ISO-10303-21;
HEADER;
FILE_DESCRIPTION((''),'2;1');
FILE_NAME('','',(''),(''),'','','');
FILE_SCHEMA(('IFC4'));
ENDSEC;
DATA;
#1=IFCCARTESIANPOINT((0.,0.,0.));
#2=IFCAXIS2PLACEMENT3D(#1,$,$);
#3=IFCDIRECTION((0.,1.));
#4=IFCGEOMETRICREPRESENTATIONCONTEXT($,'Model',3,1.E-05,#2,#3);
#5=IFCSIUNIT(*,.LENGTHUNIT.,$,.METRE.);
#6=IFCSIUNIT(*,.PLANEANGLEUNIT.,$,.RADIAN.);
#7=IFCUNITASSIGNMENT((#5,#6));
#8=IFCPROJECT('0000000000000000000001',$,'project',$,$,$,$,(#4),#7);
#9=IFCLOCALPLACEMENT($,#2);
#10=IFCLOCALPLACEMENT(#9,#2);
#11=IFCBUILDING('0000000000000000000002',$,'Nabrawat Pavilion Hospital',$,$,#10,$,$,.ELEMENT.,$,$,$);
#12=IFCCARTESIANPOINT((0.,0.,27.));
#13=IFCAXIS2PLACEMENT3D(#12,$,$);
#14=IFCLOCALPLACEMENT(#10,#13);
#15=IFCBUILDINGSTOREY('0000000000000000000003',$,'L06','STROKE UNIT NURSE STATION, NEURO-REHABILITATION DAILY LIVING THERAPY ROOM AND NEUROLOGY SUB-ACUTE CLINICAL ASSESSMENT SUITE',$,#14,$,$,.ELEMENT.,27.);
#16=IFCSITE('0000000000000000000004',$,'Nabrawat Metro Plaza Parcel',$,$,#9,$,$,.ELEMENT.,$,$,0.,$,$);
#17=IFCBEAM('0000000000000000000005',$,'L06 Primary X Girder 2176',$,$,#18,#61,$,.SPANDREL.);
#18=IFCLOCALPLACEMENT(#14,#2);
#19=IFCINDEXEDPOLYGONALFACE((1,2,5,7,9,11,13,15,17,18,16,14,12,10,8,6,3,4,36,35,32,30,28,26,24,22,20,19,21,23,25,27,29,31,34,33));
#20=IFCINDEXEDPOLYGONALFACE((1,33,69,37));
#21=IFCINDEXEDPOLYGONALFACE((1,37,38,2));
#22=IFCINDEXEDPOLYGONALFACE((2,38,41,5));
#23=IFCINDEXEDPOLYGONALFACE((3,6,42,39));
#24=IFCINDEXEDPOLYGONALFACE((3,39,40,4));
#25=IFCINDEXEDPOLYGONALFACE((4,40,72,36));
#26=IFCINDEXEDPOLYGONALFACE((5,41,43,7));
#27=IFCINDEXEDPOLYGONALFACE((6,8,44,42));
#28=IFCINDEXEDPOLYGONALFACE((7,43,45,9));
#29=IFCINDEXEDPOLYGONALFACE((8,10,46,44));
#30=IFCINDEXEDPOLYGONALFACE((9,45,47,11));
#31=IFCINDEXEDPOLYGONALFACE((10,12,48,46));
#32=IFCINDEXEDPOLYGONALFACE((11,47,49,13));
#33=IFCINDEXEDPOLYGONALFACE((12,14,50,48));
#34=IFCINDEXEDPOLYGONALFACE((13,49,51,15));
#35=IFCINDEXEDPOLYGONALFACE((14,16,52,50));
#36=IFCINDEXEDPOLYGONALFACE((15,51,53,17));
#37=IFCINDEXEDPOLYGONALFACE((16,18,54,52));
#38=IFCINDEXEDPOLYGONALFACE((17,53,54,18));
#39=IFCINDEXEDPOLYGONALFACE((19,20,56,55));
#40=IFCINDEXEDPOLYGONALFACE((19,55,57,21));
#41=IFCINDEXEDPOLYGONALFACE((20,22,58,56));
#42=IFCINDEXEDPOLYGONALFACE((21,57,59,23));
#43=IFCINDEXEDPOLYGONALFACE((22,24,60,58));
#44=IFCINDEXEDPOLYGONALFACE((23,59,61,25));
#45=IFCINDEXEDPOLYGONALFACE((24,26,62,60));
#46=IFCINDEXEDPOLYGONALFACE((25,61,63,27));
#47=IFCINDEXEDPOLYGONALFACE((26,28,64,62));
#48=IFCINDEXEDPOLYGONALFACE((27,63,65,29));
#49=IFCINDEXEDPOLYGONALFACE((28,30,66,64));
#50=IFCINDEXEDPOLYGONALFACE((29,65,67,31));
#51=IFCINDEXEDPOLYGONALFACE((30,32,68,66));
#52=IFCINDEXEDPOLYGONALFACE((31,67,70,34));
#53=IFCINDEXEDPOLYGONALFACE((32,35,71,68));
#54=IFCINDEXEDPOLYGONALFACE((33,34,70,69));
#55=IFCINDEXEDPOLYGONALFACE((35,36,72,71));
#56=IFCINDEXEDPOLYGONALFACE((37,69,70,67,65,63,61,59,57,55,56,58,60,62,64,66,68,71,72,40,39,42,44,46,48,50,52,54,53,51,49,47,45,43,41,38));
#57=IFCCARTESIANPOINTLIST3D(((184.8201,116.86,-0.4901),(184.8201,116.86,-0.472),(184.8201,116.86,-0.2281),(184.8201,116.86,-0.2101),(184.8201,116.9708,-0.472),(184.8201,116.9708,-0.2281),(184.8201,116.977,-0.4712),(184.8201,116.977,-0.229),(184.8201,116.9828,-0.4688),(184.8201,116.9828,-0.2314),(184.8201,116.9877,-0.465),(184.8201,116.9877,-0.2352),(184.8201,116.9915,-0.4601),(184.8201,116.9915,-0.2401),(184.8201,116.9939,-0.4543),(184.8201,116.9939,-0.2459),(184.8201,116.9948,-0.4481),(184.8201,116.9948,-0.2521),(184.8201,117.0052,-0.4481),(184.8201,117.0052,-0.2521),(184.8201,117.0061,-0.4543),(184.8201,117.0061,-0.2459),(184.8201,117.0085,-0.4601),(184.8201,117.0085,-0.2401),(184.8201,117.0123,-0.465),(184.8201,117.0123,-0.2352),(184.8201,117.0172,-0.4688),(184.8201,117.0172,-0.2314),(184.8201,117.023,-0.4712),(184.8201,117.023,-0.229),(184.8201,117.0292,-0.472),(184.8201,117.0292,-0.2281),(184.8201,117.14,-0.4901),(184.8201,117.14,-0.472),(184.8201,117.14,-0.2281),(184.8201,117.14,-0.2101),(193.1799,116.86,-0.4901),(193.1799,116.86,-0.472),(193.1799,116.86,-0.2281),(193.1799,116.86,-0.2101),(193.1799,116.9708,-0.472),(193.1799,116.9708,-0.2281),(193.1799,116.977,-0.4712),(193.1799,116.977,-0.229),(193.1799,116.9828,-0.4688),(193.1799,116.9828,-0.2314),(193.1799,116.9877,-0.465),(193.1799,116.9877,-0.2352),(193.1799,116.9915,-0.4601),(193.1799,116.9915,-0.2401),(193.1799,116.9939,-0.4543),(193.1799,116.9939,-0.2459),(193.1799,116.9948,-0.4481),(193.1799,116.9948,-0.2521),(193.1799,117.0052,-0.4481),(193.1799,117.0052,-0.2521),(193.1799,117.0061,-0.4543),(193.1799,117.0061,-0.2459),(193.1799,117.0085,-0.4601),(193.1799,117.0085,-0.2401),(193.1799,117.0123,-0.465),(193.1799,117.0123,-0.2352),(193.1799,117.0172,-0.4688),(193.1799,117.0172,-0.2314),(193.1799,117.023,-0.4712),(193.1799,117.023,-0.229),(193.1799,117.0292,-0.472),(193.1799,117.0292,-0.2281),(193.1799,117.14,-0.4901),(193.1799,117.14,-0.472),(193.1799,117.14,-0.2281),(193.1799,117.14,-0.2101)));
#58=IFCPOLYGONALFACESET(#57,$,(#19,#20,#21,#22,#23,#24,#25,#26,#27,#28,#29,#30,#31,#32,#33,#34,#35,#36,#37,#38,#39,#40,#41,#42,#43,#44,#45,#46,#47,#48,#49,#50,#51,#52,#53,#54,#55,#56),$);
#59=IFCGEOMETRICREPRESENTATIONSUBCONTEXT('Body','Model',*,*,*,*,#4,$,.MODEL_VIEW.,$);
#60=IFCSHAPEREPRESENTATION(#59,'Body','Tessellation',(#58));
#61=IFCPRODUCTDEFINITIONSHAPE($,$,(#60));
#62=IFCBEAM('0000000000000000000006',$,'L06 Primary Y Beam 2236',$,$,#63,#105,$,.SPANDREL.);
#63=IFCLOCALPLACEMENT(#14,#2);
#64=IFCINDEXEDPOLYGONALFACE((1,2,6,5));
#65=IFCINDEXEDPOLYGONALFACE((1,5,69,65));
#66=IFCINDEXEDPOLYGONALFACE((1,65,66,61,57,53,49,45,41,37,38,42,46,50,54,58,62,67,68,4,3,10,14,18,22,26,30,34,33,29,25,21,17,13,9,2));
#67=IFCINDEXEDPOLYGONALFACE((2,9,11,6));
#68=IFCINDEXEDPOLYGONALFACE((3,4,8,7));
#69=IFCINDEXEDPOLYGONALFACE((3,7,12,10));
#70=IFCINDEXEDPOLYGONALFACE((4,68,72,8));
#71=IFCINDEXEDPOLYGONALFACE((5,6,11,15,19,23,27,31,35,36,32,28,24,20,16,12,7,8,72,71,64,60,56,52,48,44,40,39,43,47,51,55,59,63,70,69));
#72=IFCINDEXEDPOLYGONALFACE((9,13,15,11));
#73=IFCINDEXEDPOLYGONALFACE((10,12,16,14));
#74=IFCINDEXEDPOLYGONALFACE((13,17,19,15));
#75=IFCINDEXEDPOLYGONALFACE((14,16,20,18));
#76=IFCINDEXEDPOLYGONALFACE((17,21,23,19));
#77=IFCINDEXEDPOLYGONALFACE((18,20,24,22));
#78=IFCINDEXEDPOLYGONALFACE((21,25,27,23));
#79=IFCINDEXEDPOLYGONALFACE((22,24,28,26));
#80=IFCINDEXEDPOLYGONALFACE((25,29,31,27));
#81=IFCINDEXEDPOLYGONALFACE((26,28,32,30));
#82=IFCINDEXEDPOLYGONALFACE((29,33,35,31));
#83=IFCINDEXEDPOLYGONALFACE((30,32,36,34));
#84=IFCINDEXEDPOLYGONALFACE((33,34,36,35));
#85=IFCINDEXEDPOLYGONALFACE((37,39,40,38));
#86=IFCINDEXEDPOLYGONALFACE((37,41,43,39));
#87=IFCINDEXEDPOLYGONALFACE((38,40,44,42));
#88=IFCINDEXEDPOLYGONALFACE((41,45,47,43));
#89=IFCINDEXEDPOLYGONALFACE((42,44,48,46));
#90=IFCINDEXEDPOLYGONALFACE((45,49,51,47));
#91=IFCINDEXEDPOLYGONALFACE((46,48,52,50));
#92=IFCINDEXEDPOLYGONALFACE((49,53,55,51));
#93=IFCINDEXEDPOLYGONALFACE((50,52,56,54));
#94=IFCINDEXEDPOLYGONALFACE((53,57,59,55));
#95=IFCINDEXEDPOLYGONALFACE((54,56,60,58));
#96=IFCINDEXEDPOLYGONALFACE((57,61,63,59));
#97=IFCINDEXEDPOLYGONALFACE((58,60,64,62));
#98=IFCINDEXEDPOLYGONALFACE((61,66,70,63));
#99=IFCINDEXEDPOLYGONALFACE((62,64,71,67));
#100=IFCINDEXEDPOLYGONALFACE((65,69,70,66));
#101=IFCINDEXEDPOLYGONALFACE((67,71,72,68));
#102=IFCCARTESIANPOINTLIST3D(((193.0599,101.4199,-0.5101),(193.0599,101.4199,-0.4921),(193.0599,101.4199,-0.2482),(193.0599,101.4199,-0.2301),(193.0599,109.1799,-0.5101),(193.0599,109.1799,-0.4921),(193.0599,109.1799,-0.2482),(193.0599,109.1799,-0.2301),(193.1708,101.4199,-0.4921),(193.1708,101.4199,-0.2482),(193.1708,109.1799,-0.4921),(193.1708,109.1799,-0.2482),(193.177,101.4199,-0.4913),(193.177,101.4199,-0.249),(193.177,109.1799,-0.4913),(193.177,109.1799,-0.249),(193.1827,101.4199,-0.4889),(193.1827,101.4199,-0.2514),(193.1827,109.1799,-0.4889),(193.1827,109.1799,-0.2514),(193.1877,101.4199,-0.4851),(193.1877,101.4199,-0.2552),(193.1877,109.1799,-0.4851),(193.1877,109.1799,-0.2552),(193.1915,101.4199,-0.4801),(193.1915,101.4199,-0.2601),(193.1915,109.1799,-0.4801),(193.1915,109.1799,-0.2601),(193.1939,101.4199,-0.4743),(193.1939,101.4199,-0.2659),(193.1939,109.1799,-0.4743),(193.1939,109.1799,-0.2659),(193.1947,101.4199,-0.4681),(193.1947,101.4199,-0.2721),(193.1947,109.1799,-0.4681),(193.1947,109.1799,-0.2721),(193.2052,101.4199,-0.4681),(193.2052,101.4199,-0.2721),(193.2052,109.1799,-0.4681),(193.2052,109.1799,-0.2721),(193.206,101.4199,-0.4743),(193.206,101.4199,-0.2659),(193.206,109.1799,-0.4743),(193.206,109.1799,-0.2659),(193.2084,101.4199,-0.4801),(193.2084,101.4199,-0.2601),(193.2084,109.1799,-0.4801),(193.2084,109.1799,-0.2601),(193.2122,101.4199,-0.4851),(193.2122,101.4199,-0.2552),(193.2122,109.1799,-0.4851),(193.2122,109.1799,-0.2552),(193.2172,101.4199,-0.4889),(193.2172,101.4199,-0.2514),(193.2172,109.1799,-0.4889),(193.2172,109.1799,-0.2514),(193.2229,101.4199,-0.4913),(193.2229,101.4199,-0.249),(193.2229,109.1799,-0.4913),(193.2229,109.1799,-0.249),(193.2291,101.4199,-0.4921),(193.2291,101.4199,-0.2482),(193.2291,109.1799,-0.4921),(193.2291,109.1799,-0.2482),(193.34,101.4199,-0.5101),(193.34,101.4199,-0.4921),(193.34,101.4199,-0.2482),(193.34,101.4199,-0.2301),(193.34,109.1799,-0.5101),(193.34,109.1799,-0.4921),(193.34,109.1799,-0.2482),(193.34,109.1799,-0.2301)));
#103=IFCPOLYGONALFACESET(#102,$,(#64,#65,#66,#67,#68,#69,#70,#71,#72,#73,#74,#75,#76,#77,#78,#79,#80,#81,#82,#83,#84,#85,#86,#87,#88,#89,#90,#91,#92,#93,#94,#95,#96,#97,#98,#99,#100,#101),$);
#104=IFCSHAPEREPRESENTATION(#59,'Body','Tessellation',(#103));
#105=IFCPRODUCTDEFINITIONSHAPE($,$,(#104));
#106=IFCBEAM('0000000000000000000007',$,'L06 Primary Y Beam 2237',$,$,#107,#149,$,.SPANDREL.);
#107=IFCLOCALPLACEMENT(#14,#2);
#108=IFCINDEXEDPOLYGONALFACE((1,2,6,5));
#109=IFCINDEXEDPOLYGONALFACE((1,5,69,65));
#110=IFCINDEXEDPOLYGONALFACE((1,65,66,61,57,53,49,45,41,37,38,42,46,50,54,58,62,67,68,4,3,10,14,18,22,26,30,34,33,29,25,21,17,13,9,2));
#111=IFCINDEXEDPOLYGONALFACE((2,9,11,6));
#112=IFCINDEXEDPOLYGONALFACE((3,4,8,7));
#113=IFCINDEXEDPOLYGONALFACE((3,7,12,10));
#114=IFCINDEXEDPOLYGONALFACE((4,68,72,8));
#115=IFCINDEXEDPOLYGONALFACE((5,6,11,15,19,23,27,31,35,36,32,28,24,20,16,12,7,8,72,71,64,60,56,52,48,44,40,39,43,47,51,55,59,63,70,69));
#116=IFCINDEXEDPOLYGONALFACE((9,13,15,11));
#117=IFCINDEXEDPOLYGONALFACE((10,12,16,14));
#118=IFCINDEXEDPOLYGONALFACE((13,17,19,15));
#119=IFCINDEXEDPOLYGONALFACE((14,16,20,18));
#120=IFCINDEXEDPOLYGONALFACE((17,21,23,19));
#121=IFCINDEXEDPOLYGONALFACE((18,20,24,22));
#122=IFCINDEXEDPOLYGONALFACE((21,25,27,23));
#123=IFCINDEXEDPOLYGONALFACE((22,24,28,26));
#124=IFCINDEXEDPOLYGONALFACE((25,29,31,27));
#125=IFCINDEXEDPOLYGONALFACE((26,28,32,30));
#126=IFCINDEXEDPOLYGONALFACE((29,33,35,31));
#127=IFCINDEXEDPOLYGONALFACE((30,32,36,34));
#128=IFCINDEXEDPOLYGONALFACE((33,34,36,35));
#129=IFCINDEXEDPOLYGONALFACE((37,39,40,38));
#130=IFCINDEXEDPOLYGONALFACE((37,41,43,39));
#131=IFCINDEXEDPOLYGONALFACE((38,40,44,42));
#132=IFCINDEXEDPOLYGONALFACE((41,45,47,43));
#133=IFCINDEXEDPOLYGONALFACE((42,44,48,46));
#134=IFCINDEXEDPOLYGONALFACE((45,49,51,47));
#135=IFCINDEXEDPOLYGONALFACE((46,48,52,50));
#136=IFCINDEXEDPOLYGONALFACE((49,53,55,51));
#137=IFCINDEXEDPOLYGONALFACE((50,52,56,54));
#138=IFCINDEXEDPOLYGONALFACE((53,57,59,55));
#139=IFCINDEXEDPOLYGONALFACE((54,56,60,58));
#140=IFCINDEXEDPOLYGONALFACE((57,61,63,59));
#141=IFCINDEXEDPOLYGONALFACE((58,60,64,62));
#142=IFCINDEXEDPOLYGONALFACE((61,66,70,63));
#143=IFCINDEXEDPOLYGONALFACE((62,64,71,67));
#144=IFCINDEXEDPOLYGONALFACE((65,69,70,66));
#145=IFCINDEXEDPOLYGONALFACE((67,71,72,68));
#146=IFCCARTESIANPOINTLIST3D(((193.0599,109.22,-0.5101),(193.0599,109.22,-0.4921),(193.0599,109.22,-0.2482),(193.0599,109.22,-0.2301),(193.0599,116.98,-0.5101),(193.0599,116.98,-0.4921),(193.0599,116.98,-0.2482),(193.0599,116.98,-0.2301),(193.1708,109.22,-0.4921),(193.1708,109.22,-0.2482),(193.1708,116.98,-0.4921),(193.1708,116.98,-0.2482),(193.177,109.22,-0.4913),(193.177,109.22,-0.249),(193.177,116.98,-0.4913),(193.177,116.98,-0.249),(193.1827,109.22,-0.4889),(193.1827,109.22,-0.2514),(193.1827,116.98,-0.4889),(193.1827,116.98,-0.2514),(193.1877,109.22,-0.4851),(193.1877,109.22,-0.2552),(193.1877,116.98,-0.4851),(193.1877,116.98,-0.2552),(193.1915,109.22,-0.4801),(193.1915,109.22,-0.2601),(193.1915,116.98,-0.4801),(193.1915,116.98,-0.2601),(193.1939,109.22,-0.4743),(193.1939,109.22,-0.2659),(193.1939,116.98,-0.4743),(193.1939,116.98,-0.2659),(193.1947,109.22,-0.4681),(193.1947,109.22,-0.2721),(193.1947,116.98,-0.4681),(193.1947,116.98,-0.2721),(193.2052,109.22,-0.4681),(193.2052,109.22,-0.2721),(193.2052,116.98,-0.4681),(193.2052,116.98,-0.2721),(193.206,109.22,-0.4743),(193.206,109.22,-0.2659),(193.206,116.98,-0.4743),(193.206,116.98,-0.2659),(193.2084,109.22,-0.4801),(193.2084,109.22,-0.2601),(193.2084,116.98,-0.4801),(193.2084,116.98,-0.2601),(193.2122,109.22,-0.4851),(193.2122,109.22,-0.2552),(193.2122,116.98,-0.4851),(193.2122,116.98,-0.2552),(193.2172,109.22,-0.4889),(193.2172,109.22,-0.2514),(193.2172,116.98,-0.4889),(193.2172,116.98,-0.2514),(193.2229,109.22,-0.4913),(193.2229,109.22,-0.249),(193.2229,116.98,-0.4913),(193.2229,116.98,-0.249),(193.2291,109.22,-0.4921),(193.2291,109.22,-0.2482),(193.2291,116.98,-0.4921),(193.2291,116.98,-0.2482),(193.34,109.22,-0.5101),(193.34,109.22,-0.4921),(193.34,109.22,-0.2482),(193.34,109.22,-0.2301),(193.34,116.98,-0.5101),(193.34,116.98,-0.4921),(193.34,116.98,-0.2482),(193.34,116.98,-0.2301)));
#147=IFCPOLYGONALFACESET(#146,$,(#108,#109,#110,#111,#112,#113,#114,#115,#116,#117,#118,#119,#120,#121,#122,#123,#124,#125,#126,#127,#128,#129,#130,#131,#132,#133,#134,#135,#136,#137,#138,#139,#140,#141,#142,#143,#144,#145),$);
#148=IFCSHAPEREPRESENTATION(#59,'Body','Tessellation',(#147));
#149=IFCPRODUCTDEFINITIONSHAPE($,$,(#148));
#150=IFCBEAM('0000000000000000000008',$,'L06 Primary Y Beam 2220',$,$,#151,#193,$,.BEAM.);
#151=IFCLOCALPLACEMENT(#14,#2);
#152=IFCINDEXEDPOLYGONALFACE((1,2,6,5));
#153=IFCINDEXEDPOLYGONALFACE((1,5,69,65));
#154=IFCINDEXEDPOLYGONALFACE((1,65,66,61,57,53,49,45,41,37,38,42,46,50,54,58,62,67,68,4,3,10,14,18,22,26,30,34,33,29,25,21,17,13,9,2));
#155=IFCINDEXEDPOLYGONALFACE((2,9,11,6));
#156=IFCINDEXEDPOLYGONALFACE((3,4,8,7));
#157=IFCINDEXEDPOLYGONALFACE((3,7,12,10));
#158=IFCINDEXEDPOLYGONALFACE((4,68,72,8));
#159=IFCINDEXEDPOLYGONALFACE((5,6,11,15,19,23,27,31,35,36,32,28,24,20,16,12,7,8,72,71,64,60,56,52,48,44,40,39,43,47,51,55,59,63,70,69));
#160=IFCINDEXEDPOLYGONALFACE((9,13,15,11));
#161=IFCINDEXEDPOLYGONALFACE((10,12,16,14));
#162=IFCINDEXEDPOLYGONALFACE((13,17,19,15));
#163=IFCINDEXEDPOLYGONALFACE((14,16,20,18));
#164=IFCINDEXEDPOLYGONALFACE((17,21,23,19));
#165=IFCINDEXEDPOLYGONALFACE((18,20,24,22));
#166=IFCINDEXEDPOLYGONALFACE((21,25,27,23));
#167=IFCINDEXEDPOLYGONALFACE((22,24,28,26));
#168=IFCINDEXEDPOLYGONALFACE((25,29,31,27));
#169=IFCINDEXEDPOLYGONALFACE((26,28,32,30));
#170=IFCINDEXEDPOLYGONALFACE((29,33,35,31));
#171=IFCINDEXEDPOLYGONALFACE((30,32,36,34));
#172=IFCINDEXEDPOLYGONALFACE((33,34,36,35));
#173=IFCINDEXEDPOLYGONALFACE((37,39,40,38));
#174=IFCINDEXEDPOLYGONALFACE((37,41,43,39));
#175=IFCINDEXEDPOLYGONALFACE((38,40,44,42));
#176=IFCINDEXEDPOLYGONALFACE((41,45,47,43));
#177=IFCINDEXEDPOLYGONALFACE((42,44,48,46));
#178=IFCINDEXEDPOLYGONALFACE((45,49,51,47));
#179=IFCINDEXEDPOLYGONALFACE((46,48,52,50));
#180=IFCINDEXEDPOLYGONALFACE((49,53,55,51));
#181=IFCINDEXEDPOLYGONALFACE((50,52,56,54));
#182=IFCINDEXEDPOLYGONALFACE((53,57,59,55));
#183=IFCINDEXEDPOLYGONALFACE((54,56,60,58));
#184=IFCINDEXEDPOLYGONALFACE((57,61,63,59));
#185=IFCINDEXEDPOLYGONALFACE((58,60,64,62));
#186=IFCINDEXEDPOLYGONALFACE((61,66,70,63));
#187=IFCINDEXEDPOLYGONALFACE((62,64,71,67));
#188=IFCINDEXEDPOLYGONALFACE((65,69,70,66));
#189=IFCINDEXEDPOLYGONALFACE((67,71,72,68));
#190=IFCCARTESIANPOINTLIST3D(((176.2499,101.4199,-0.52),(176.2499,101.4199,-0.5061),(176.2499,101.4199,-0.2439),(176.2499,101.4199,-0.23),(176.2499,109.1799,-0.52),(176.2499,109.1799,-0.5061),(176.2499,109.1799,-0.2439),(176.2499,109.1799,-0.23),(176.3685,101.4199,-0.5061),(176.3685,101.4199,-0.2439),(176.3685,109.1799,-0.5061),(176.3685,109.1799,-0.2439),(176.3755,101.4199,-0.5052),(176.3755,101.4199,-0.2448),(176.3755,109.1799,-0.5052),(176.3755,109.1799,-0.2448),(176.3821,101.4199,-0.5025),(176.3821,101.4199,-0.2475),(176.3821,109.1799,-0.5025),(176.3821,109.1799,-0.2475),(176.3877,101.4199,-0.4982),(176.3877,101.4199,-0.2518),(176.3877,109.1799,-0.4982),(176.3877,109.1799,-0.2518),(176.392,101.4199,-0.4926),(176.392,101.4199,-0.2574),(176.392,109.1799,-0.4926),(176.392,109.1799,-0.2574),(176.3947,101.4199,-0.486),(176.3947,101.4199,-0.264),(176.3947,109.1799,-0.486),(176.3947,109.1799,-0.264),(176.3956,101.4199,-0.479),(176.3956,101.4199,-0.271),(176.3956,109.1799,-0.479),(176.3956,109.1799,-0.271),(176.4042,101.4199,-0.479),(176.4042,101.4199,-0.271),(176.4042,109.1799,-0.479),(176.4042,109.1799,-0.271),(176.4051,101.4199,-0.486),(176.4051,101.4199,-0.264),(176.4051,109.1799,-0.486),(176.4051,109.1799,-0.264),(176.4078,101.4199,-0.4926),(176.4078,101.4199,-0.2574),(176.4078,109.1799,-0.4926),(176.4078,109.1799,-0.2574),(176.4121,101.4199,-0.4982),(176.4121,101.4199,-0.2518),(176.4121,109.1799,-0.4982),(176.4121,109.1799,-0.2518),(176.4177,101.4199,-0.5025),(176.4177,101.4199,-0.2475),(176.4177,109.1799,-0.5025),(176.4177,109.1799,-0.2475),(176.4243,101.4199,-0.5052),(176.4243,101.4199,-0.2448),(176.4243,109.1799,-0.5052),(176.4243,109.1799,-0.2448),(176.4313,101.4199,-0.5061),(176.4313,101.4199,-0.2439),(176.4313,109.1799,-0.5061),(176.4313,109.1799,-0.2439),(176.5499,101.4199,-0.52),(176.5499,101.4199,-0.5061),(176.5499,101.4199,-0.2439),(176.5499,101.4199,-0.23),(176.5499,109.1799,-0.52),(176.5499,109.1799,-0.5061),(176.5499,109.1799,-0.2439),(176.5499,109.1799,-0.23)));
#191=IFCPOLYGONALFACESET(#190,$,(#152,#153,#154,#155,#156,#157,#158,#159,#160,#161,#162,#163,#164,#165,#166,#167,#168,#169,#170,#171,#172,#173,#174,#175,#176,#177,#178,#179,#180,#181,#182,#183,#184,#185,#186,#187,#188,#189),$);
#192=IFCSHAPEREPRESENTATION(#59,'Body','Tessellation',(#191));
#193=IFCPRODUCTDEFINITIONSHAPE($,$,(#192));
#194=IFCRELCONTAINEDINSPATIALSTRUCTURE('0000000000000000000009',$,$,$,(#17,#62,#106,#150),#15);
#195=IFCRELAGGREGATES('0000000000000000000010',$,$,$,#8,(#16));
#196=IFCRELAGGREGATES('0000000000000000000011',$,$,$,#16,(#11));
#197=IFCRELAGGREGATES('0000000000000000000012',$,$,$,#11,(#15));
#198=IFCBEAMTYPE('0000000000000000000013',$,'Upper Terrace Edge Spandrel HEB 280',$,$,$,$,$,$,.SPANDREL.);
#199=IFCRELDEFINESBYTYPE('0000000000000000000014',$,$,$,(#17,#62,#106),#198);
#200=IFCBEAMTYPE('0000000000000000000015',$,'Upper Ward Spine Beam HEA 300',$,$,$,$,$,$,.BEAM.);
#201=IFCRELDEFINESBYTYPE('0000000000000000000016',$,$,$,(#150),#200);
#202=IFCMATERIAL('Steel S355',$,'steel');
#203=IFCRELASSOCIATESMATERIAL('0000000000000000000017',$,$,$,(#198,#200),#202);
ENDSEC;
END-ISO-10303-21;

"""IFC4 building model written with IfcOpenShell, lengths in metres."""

from ifc_helpers import new_model, si_unit, direction, frame, origin, origin_2d, place, context, subcontext, project, spatial, i_section, extrude, material, material_profile, profile_set, type_object, element, save


model = new_model("IFC4")

# Units and contexts
model_context = context("Model", 3, precision=1e-05, world=origin(), true_north=direction((0.0, 1.0)))
body_context = subcontext(model_context, "Body", "Model", "MODEL_VIEW")
ifc_project = project(units=[si_unit("LENGTHUNIT", "METRE"), si_unit("PLANEANGLEUNIT", "RADIAN")], contexts=[model_context])

# Site, building, storey
site_placement = place(None, origin())
site = spatial("IfcSite", under=ifc_project, at=site_placement, Name="Nabrawat Metro Plaza Parcel", CompositionType="ELEMENT", RefElevation=0.0)
building_placement = place(site_placement, origin())
building = spatial("IfcBuilding", under=site, at=building_placement, Name="Nabrawat Pavilion Hospital", CompositionType="ELEMENT")
storey_placement = place(building_placement, frame((0.0, 0.0, 27.0)))
storey = spatial("IfcBuildingStorey", under=building, at=storey_placement, Name="L06", Description="STROKE UNIT NURSE STATION, NEURO-REHABILITATION DAILY LIVING THERAPY ROOM AND NEUROLOGY SUB-ACUTE CLINICAL ASSESSMENT SUITE", CompositionType="ELEMENT", Elevation=27.0)

# Shared definitions
ifc_material_1 = material(Name="Steel S355", Category="steel")

# Beams
ifc_material_profile_1 = material_profile(ifc_material_1, i_section(OverallWidth=0.28, OverallDepth=0.28, WebThickness=0.0105, FlangeThickness=0.0181, FilletRadius=0.0239, at=origin_2d()), Name="HEB 280")
ifc_profile_set_1 = profile_set([ifc_material_profile_1], Name="Steel S355")
beam_type_1 = type_object("IfcBeamType", Name="Upper Terrace Edge Spandrel HEB 280", PredefinedType="SPANDREL", material=ifc_profile_set_1)
beam_1_placement = place(storey_placement, frame((184.8201, 117.0, -0.3501), z_axis=(1.0, 0.0, 0.0), x_axis=(0.0, 1.0, 0.0)))
element("IfcBeam", 1, at=beam_1_placement, inside=storey, type_object=beam_type_1, Name="L06 Primary X Girder 2176", PredefinedType="SPANDREL", context=body_context, shape_type="SweptSolid", body=[
    extrude(i_section(OverallWidth=0.28, OverallDepth=0.28, WebThickness=0.0105, FlangeThickness=0.0181, FilletRadius=0.0239, at=origin_2d()), origin(), (0.0, 0.0, 1.0), 8.3599),
])
for number, where, z_axis, x_axis, name in (
    (2, (193.2, 101.4199, -0.3701), (0.0, 1.0, 0.0), (-1.0, 0.0, 0.0), "L06 Primary Y Beam 2236"),
    (3, (193.2, 109.22, -0.3701), (0.0, 1.0, 0.0), (-1.0, 0.0, 0.0), "L06 Primary Y Beam 2237"),
):
    element("IfcBeam", number, at=place(storey_placement, frame(where, z_axis=z_axis, x_axis=x_axis)), inside=storey, type_object=beam_type_1, Name=name, PredefinedType="SPANDREL", context=body_context, shape_type="SweptSolid", body=[
        extrude(i_section(OverallWidth=0.28, OverallDepth=0.28, WebThickness=0.0105, FlangeThickness=0.0181, FilletRadius=0.0239, at=origin_2d()), origin(), (0.0, 0.0, 1.0), 7.76),
    ])
ifc_material_profile_2 = material_profile(ifc_material_1, i_section(OverallWidth=0.3, OverallDepth=0.29, WebThickness=0.0085, FlangeThickness=0.0139, FilletRadius=0.0271, at=origin_2d()), Name="HEA 300")
ifc_profile_set_2 = profile_set([ifc_material_profile_2], Name="Steel S355")
beam_type_2 = type_object("IfcBeamType", Name="Upper Ward Spine Beam HEA 300", PredefinedType="BEAM", material=ifc_profile_set_2)
for number, where, z_axis, x_axis, name in (
    (4, (176.3999, 101.4199, -0.375), (0.0, 1.0, 0.0), (-1.0, 0.0, 0.0), "L06 Primary Y Beam 2220"),
):
    element("IfcBeam", number, at=place(storey_placement, frame(where, z_axis=z_axis, x_axis=x_axis)), inside=storey, type_object=beam_type_2, Name=name, PredefinedType="BEAM", context=body_context, shape_type="SweptSolid", body=[
        extrude(i_section(OverallWidth=0.3, OverallDepth=0.29, WebThickness=0.0085, FlangeThickness=0.0139, FilletRadius=0.0271, at=origin_2d()), origin(), (0.0, 0.0, 1.0), 7.76),
    ])

save(model, "model.ifc")
